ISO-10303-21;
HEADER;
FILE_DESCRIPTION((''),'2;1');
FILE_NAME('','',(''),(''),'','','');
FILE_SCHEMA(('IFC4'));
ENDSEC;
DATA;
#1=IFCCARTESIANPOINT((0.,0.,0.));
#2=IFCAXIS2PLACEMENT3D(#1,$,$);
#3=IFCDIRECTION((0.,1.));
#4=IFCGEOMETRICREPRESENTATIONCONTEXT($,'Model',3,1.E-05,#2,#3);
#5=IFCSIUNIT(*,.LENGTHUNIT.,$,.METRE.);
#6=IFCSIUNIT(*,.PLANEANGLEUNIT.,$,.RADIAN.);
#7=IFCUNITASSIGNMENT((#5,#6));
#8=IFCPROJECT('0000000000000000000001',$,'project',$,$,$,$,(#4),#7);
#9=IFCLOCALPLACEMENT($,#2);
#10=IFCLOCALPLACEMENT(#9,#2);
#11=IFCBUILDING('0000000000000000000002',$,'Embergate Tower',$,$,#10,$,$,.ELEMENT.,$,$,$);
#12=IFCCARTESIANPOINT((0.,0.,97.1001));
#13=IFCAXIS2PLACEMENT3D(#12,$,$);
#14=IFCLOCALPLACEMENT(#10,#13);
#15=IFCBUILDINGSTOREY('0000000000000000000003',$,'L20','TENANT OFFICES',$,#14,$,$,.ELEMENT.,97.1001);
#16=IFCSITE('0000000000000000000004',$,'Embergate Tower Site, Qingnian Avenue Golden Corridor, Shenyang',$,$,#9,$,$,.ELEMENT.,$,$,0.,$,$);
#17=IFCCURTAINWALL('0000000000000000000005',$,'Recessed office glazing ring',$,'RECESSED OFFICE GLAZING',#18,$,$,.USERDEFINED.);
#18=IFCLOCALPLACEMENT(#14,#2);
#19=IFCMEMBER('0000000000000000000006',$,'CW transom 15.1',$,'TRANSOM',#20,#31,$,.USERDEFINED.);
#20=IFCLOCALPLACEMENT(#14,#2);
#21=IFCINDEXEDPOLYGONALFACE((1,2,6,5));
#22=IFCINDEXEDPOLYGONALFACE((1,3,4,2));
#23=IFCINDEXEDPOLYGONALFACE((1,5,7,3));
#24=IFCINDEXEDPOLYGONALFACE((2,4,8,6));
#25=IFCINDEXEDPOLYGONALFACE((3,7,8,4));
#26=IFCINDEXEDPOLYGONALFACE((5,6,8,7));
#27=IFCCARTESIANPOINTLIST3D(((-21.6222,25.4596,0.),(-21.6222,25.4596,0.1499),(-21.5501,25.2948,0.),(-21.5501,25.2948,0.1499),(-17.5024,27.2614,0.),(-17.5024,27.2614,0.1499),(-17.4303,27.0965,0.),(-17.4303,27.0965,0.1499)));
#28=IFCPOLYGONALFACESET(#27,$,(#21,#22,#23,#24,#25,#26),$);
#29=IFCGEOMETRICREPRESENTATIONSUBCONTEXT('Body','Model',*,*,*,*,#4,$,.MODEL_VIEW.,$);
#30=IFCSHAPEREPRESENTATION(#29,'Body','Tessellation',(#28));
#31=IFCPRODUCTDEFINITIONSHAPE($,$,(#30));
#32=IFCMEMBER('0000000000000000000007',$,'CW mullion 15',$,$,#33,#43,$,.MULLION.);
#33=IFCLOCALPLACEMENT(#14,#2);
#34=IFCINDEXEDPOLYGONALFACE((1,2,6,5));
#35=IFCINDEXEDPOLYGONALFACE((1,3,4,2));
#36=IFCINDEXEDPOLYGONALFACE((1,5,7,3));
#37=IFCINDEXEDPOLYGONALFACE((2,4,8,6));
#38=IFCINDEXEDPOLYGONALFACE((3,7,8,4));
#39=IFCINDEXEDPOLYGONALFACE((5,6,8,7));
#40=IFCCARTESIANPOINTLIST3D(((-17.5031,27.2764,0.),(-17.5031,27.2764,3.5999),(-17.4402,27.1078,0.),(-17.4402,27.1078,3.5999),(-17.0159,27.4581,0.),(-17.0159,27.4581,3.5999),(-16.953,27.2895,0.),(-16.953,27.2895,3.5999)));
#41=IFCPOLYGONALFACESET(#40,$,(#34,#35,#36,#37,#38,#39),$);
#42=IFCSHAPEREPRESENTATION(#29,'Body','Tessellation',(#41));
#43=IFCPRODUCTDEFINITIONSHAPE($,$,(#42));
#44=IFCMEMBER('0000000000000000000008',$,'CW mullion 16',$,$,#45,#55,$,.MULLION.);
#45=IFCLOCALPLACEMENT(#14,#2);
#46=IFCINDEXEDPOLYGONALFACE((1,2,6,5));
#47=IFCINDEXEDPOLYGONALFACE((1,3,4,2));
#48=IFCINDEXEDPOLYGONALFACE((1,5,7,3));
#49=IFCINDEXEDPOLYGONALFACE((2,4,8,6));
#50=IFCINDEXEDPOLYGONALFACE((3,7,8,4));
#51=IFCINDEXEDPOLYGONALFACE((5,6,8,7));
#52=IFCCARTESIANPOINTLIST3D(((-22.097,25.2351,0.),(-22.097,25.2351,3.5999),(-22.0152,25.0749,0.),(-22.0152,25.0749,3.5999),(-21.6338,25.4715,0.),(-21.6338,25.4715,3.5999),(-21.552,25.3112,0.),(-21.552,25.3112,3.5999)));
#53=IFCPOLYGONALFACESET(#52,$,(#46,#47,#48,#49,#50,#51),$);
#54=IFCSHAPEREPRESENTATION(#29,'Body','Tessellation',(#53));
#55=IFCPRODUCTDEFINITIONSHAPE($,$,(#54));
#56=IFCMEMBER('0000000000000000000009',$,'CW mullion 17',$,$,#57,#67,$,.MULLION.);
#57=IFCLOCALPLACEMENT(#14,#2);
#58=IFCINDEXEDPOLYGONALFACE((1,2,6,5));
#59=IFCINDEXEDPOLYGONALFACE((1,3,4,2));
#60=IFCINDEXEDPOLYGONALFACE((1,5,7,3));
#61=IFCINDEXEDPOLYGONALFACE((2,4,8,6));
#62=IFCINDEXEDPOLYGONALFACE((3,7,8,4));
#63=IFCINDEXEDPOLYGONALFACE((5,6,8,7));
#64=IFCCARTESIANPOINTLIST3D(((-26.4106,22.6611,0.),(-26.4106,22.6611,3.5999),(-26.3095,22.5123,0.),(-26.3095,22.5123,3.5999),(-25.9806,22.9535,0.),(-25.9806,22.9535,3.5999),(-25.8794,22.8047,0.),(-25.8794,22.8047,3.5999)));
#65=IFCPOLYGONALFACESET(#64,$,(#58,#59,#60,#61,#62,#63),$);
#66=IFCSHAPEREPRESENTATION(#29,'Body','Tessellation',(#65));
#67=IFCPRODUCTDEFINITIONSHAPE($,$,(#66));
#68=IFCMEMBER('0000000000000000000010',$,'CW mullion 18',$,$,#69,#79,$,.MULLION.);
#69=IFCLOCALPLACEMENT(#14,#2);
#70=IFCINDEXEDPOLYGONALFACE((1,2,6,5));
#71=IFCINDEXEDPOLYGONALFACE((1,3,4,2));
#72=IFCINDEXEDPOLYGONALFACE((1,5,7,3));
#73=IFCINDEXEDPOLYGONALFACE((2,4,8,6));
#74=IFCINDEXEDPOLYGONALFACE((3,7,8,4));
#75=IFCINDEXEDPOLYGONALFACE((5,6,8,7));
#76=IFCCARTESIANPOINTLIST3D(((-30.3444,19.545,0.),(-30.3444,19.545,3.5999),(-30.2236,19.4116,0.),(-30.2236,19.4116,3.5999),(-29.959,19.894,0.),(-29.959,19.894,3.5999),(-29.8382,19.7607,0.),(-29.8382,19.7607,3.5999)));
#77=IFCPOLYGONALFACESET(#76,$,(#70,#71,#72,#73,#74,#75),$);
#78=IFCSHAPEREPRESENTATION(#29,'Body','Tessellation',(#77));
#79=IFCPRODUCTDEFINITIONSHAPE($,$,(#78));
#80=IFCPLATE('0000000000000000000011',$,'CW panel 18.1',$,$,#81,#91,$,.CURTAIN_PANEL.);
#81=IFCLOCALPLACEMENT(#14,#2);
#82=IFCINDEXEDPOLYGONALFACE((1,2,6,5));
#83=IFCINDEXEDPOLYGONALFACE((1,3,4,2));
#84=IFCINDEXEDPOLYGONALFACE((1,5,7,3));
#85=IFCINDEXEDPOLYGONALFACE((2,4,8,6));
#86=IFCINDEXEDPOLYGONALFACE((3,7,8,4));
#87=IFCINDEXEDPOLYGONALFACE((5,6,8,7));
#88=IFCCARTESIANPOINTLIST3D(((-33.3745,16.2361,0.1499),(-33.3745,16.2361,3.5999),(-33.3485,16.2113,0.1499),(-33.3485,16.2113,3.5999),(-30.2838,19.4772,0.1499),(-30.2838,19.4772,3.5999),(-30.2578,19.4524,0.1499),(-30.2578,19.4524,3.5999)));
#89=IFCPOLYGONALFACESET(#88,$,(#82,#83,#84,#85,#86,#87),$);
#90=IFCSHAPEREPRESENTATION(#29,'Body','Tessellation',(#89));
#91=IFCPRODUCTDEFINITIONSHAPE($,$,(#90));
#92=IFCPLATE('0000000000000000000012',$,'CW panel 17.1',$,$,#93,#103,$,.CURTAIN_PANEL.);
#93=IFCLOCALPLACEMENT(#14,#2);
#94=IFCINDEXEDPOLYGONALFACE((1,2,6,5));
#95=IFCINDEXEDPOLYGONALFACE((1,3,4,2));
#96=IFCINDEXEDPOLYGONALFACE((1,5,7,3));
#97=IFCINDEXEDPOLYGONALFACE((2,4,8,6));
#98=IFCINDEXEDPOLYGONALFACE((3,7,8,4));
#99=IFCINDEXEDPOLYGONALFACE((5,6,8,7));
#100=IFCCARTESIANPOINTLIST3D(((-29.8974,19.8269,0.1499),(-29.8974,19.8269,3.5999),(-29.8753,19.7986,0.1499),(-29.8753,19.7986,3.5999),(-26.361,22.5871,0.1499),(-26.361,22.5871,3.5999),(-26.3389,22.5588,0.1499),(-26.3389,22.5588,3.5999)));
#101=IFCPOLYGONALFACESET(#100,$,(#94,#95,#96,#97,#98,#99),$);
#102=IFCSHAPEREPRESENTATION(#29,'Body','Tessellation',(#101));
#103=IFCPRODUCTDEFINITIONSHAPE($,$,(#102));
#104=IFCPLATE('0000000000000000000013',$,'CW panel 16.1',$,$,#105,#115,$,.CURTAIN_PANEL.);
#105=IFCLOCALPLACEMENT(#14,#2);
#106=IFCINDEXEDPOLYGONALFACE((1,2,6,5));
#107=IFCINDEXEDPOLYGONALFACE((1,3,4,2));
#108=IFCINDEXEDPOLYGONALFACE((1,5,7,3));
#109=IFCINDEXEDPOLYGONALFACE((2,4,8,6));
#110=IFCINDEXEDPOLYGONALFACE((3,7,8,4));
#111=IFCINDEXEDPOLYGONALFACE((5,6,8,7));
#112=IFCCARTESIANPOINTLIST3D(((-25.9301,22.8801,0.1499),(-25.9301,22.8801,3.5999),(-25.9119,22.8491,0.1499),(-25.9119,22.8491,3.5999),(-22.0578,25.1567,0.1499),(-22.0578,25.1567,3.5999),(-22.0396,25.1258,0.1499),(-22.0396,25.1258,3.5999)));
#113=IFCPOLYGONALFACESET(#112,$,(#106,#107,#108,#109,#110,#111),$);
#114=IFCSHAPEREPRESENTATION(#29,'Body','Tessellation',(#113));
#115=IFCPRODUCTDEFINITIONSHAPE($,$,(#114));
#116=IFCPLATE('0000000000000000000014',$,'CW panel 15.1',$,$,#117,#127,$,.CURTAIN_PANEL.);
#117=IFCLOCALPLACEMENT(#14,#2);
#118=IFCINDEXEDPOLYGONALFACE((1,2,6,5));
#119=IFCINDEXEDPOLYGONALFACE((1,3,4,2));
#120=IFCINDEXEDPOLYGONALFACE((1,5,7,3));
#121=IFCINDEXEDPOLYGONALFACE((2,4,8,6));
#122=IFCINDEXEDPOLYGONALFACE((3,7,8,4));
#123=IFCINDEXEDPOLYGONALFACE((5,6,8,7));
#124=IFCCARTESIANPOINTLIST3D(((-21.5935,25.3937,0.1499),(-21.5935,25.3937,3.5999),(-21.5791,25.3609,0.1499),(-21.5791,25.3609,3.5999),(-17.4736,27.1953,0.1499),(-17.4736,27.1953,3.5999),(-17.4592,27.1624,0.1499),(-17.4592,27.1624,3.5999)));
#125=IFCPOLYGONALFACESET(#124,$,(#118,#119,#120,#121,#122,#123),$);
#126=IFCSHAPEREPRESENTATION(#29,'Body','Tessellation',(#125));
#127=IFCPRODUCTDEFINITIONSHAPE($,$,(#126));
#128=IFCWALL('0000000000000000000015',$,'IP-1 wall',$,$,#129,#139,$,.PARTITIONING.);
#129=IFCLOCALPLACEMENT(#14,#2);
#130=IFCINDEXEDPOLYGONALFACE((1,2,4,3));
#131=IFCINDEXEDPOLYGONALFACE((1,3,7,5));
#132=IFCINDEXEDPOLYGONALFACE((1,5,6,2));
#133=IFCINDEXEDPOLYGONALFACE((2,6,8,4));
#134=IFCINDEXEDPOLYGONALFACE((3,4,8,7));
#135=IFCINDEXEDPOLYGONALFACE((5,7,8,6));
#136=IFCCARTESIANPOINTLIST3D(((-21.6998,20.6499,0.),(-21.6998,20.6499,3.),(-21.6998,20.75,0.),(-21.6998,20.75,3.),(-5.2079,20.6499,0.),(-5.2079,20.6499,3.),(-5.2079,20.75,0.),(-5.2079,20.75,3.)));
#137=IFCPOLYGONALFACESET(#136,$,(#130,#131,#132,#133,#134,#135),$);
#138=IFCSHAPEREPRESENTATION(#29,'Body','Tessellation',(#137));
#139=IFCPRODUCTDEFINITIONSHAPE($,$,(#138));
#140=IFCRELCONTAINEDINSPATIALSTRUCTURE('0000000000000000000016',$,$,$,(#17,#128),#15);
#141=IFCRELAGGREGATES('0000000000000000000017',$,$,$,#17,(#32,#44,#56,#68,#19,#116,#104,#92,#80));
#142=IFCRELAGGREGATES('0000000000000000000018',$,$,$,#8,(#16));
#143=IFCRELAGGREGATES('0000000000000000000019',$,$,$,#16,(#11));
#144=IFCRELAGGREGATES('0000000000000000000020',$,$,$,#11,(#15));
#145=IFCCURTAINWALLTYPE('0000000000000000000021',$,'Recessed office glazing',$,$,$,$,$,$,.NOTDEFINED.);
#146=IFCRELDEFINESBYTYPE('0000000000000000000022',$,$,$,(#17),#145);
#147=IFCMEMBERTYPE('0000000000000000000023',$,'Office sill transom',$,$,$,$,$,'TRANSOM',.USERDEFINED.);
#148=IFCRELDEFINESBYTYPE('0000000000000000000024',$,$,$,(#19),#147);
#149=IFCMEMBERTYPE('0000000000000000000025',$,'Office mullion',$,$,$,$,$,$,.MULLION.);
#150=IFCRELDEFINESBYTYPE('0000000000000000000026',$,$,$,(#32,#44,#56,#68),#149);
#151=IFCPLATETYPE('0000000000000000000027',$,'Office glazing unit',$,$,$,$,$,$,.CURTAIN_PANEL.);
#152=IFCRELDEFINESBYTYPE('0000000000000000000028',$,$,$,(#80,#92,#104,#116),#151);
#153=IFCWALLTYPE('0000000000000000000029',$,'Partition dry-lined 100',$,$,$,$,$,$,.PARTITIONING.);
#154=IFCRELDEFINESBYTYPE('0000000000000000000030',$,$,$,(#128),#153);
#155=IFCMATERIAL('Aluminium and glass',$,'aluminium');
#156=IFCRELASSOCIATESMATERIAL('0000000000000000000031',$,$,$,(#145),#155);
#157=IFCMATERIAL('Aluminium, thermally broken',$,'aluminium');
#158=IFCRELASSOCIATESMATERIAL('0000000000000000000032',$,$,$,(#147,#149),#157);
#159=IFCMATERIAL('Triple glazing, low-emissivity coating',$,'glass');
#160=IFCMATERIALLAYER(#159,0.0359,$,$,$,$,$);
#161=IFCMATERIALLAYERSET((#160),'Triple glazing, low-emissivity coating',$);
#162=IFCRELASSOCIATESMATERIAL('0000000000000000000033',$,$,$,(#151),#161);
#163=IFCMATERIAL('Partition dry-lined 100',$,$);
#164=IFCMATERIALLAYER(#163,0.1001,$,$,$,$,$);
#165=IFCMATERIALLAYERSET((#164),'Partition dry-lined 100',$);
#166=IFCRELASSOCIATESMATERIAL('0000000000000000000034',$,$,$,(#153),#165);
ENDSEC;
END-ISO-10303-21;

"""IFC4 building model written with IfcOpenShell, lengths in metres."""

from ifc_helpers import new_model, si_unit, direction, frame, frame_2d, origin, origin_2d, place, context, subcontext, project, spatial, rectangle, extrude, source, transform, mapped, material, layer, layer_set, material_profile, profile_set, type_object, element, aggregate, save


model = new_model("IFC4")

# Units and contexts
model_context = context("Model", 3, precision=1e-05, world=origin(), true_north=direction((0.0, 1.0)))
body_context = subcontext(model_context, "Body", "Model", "MODEL_VIEW")
ifc_project = project(units=[si_unit("LENGTHUNIT", "METRE"), si_unit("PLANEANGLEUNIT", "RADIAN")], contexts=[model_context])

# Site, building, storey
site_placement = place(None, origin())
site = spatial("IfcSite", under=ifc_project, at=site_placement, Name="Embergate Tower Site, Qingnian Avenue Golden Corridor, Shenyang", CompositionType="ELEMENT", RefElevation=0.0)
building_placement = place(site_placement, origin())
building = spatial("IfcBuilding", under=site, at=building_placement, Name="Embergate Tower", CompositionType="ELEMENT")
storey_placement = place(building_placement, frame((0.0, 0.0, 97.1001)))
storey = spatial("IfcBuildingStorey", under=building, at=storey_placement, Name="L20", Description="TENANT OFFICES", CompositionType="ELEMENT", Elevation=97.1001)

# Curtain wall, members, plates
ifc_material_1 = material(Name="Aluminium and glass", Category="aluminium")
curtain_wall_type = type_object("IfcCurtainWallType", Name="Recessed office glazing", PredefinedType="NOTDEFINED", material=ifc_material_1)
curtain_wall_placement = place(storey_placement, origin())
curtain_wall = element("IfcCurtainWall", 1, at=curtain_wall_placement, inside=storey, type_object=curtain_wall_type, Name="Recessed office glazing ring", ObjectType="RECESSED OFFICE GLAZING", PredefinedType="USERDEFINED")
ifc_material_2 = material(Name="Aluminium, thermally broken", Category="aluminium")
ifc_material_profile_1 = material_profile(ifc_material_2, rectangle(XDim=0.1799, YDim=0.1499, at=origin_2d()), Name="AL 150x180")
ifc_profile_set_1 = profile_set([ifc_material_profile_1], Name="Aluminium, thermally broken")
member_type_1 = type_object("IfcMemberType", Name="Office sill transom", ElementType="TRANSOM", PredefinedType="USERDEFINED", material=ifc_profile_set_1)
shared_shape_1 = source(origin(), body_context, "Body", "SweptSolid", [
    extrude(rectangle(XDim=0.1799, YDim=0.1499, at=origin_2d()), origin(), (0.0, 0.0, 1.0), 4.4966),
])
member_1_placement = place(storey_placement, frame((-17.4663, 27.179, 0.075), z_axis=(-0.916213, -0.400691, 0.0), x_axis=(0.400691, -0.916213, 0.0)))
member_1 = element("IfcMember", 2, at=member_1_placement, type_object=member_type_1, Name="CW transom 15.1", ObjectType="TRANSOM", PredefinedType="USERDEFINED", context=body_context, shape_type="MappedRepresentation", body=[
    mapped(shared_shape_1, transform((0.0, 0.0, 0.0))),
])
ifc_material_profile_2 = material_profile(ifc_material_2, rectangle(XDim=0.1799, YDim=0.52, at=origin_2d()), Name="AL 520x180")
ifc_profile_set_2 = profile_set([ifc_material_profile_2], Name="Aluminium, thermally broken")
member_type_2 = type_object("IfcMemberType", Name="Office mullion", PredefinedType="MULLION", material=ifc_profile_set_2)
shared_shape_2 = source(origin(), body_context, "Body", "SweptSolid", [
    extrude(rectangle(XDim=0.1799, YDim=0.52, at=origin_2d()), origin(), (0.0, 0.0, 1.0), 3.5999),
])
member_2_placement = place(storey_placement, frame((-17.228, 27.283, 0.0), z_axis=(0.0, 0.0, 1.0), x_axis=(0.349511, -0.936932, 0.0)))
member_2 = element("IfcMember", 3, at=member_2_placement, type_object=member_type_2, Name="CW mullion 15", PredefinedType="MULLION", context=body_context, shape_type="MappedRepresentation", body=[
    mapped(shared_shape_2, transform((0.0, 0.0, 0.0))),
])
member_3_placement = place(storey_placement, frame((-21.8245, 25.2732, 0.0), z_axis=(0.0, 0.0, 1.0), x_axis=(0.454521, -0.890736, 0.0)))
member_3 = element("IfcMember", 4, at=member_3_placement, type_object=member_type_2, Name="CW mullion 16", PredefinedType="MULLION", context=body_context, shape_type="MappedRepresentation", body=[
    mapped(shared_shape_2, transform((0.0, 0.0, 0.0))),
])
member_4_placement = place(storey_placement, frame((-26.145, 22.7329, 0.0), z_axis=(0.0, 0.0, 1.0), x_axis=(0.562229, -0.826981, 0.0)))
member_4 = element("IfcMember", 5, at=member_4_placement, type_object=member_type_2, Name="CW mullion 17", PredefinedType="MULLION", context=body_context, shape_type="MappedRepresentation", body=[
    mapped(shared_shape_2, transform((0.0, 0.0, 0.0))),
])
member_5_placement = place(storey_placement, frame((-30.0913, 19.6528, 0.0), z_axis=(0.0, 0.0, 1.0), x_axis=(0.671239, -0.741241, 0.0)))
member_5 = element("IfcMember", 6, at=member_5_placement, type_object=member_type_2, Name="CW mullion 18", PredefinedType="MULLION", context=body_context, shape_type="MappedRepresentation", body=[
    mapped(shared_shape_2, transform((0.0, 0.0, 0.0))),
])
ifc_material_3 = material(Name="Triple glazing, low-emissivity coating", Category="glass")
ifc_layer_1 = layer(ifc_material_3, 0.0359)
ifc_layer_set_1 = layer_set([ifc_layer_1], Name="Triple glazing, low-emissivity coating")
plate_type = type_object("IfcPlateType", Name="Office glazing unit", PredefinedType="CURTAIN_PANEL", material=ifc_layer_set_1)
shared_shape_3 = source(origin(), body_context, "Body", "SweptSolid", [
    extrude(rectangle(XDim=4.4785, YDim=0.0359, at=origin_2d()), origin(), (0.0, 0.0, 1.0), 3.45),
])
plate_1_placement = place(storey_placement, frame((-31.8162, 17.8442, 0.1499), z_axis=(0.0, 0.0, 1.0), x_axis=(-0.690125, -0.72369, 0.0)))
plate_1 = element("IfcPlate", 7, at=plate_1_placement, type_object=plate_type, Name="CW panel 18.1", PredefinedType="CURTAIN_PANEL", context=body_context, shape_type="MappedRepresentation", body=[
    mapped(shared_shape_3, transform((0.0, 0.0, 0.0))),
])
shared_shape_4 = source(origin(), body_context, "Body", "SweptSolid", [
    extrude(rectangle(XDim=4.4861, YDim=0.0359, at=origin_2d()), origin(), (0.0, 0.0, 1.0), 3.45),
])
plate_2_placement = place(storey_placement, frame((-28.1182, 21.1929, 0.1499), z_axis=(0.0, 0.0, 1.0), x_axis=(-0.788313, -0.615275, 0.0)))
plate_2 = element("IfcPlate", 8, at=plate_2_placement, type_object=plate_type, Name="CW panel 17.1", PredefinedType="CURTAIN_PANEL", context=body_context, shape_type="MappedRepresentation", body=[
    mapped(shared_shape_4, transform((0.0, 0.0, 0.0))),
])
shared_shape_5 = source(origin(), body_context, "Body", "SweptSolid", [
    extrude(rectangle(XDim=4.4919, YDim=0.0359, at=origin_2d()), origin(), (0.0, 0.0, 1.0), 3.45),
])
plate_3_placement = place(storey_placement, frame((-23.9849, 24.0029, 0.1499), z_axis=(0.0, 0.0, 1.0), x_axis=(-0.862048, -0.506827, 0.0)))
plate_3 = element("IfcPlate", 9, at=plate_3_placement, type_object=plate_type, Name="CW panel 16.1", PredefinedType="CURTAIN_PANEL", context=body_context, shape_type="MappedRepresentation", body=[
    mapped(shared_shape_5, transform((0.0, 0.0, 0.0))),
])
shared_shape_6 = source(origin(), body_context, "Body", "SweptSolid", [
    extrude(rectangle(XDim=4.4966, YDim=0.0359, at=origin_2d()), origin(), (0.0, 0.0, 1.0), 3.45),
])
plate_4_placement = place(storey_placement, frame((-19.5264, 26.2781, 0.1499), z_axis=(0.0, 0.0, 1.0), x_axis=(-0.916233, -0.400646, 0.0)))
plate_4 = element("IfcPlate", 10, at=plate_4_placement, type_object=plate_type, Name="CW panel 15.1", PredefinedType="CURTAIN_PANEL", context=body_context, shape_type="MappedRepresentation", body=[
    mapped(shared_shape_6, transform((0.0, 0.0, 0.0))),
])
aggregate(curtain_wall, [member_2, member_3, member_4, member_5, member_1, plate_4, plate_3, plate_2, plate_1])

# Wall
ifc_material_4 = material(Name="Partition dry-lined 100")
ifc_layer_2 = layer(ifc_material_4, 0.1001)
ifc_layer_set_2 = layer_set([ifc_layer_2], Name="Partition dry-lined 100")
wall_type = type_object("IfcWallType", Name="Partition dry-lined 100", PredefinedType="PARTITIONING", material=ifc_layer_set_2)
shared_shape_7 = source(origin(), body_context, "Body", "SweptSolid", [
    extrude(rectangle(XDim=16.4919, YDim=0.1001, at=frame_2d((8.2461, 0.0))), origin(), (0.0, 0.0, 1.0), 3.0),
])
wall_placement = place(storey_placement, frame((-21.7, 20.7, 0.0), z_axis=(0.0, 0.0, 1.0), x_axis=(1.0, 0.0, 0.0)))
element("IfcWall", 11, at=wall_placement, inside=storey, type_object=wall_type, Name="IP-1 wall", PredefinedType="PARTITIONING", context=body_context, shape_type="MappedRepresentation", body=[
    mapped(shared_shape_7, transform((0.0, 0.0, 0.0))),
])

save(model, "model.ifc")
